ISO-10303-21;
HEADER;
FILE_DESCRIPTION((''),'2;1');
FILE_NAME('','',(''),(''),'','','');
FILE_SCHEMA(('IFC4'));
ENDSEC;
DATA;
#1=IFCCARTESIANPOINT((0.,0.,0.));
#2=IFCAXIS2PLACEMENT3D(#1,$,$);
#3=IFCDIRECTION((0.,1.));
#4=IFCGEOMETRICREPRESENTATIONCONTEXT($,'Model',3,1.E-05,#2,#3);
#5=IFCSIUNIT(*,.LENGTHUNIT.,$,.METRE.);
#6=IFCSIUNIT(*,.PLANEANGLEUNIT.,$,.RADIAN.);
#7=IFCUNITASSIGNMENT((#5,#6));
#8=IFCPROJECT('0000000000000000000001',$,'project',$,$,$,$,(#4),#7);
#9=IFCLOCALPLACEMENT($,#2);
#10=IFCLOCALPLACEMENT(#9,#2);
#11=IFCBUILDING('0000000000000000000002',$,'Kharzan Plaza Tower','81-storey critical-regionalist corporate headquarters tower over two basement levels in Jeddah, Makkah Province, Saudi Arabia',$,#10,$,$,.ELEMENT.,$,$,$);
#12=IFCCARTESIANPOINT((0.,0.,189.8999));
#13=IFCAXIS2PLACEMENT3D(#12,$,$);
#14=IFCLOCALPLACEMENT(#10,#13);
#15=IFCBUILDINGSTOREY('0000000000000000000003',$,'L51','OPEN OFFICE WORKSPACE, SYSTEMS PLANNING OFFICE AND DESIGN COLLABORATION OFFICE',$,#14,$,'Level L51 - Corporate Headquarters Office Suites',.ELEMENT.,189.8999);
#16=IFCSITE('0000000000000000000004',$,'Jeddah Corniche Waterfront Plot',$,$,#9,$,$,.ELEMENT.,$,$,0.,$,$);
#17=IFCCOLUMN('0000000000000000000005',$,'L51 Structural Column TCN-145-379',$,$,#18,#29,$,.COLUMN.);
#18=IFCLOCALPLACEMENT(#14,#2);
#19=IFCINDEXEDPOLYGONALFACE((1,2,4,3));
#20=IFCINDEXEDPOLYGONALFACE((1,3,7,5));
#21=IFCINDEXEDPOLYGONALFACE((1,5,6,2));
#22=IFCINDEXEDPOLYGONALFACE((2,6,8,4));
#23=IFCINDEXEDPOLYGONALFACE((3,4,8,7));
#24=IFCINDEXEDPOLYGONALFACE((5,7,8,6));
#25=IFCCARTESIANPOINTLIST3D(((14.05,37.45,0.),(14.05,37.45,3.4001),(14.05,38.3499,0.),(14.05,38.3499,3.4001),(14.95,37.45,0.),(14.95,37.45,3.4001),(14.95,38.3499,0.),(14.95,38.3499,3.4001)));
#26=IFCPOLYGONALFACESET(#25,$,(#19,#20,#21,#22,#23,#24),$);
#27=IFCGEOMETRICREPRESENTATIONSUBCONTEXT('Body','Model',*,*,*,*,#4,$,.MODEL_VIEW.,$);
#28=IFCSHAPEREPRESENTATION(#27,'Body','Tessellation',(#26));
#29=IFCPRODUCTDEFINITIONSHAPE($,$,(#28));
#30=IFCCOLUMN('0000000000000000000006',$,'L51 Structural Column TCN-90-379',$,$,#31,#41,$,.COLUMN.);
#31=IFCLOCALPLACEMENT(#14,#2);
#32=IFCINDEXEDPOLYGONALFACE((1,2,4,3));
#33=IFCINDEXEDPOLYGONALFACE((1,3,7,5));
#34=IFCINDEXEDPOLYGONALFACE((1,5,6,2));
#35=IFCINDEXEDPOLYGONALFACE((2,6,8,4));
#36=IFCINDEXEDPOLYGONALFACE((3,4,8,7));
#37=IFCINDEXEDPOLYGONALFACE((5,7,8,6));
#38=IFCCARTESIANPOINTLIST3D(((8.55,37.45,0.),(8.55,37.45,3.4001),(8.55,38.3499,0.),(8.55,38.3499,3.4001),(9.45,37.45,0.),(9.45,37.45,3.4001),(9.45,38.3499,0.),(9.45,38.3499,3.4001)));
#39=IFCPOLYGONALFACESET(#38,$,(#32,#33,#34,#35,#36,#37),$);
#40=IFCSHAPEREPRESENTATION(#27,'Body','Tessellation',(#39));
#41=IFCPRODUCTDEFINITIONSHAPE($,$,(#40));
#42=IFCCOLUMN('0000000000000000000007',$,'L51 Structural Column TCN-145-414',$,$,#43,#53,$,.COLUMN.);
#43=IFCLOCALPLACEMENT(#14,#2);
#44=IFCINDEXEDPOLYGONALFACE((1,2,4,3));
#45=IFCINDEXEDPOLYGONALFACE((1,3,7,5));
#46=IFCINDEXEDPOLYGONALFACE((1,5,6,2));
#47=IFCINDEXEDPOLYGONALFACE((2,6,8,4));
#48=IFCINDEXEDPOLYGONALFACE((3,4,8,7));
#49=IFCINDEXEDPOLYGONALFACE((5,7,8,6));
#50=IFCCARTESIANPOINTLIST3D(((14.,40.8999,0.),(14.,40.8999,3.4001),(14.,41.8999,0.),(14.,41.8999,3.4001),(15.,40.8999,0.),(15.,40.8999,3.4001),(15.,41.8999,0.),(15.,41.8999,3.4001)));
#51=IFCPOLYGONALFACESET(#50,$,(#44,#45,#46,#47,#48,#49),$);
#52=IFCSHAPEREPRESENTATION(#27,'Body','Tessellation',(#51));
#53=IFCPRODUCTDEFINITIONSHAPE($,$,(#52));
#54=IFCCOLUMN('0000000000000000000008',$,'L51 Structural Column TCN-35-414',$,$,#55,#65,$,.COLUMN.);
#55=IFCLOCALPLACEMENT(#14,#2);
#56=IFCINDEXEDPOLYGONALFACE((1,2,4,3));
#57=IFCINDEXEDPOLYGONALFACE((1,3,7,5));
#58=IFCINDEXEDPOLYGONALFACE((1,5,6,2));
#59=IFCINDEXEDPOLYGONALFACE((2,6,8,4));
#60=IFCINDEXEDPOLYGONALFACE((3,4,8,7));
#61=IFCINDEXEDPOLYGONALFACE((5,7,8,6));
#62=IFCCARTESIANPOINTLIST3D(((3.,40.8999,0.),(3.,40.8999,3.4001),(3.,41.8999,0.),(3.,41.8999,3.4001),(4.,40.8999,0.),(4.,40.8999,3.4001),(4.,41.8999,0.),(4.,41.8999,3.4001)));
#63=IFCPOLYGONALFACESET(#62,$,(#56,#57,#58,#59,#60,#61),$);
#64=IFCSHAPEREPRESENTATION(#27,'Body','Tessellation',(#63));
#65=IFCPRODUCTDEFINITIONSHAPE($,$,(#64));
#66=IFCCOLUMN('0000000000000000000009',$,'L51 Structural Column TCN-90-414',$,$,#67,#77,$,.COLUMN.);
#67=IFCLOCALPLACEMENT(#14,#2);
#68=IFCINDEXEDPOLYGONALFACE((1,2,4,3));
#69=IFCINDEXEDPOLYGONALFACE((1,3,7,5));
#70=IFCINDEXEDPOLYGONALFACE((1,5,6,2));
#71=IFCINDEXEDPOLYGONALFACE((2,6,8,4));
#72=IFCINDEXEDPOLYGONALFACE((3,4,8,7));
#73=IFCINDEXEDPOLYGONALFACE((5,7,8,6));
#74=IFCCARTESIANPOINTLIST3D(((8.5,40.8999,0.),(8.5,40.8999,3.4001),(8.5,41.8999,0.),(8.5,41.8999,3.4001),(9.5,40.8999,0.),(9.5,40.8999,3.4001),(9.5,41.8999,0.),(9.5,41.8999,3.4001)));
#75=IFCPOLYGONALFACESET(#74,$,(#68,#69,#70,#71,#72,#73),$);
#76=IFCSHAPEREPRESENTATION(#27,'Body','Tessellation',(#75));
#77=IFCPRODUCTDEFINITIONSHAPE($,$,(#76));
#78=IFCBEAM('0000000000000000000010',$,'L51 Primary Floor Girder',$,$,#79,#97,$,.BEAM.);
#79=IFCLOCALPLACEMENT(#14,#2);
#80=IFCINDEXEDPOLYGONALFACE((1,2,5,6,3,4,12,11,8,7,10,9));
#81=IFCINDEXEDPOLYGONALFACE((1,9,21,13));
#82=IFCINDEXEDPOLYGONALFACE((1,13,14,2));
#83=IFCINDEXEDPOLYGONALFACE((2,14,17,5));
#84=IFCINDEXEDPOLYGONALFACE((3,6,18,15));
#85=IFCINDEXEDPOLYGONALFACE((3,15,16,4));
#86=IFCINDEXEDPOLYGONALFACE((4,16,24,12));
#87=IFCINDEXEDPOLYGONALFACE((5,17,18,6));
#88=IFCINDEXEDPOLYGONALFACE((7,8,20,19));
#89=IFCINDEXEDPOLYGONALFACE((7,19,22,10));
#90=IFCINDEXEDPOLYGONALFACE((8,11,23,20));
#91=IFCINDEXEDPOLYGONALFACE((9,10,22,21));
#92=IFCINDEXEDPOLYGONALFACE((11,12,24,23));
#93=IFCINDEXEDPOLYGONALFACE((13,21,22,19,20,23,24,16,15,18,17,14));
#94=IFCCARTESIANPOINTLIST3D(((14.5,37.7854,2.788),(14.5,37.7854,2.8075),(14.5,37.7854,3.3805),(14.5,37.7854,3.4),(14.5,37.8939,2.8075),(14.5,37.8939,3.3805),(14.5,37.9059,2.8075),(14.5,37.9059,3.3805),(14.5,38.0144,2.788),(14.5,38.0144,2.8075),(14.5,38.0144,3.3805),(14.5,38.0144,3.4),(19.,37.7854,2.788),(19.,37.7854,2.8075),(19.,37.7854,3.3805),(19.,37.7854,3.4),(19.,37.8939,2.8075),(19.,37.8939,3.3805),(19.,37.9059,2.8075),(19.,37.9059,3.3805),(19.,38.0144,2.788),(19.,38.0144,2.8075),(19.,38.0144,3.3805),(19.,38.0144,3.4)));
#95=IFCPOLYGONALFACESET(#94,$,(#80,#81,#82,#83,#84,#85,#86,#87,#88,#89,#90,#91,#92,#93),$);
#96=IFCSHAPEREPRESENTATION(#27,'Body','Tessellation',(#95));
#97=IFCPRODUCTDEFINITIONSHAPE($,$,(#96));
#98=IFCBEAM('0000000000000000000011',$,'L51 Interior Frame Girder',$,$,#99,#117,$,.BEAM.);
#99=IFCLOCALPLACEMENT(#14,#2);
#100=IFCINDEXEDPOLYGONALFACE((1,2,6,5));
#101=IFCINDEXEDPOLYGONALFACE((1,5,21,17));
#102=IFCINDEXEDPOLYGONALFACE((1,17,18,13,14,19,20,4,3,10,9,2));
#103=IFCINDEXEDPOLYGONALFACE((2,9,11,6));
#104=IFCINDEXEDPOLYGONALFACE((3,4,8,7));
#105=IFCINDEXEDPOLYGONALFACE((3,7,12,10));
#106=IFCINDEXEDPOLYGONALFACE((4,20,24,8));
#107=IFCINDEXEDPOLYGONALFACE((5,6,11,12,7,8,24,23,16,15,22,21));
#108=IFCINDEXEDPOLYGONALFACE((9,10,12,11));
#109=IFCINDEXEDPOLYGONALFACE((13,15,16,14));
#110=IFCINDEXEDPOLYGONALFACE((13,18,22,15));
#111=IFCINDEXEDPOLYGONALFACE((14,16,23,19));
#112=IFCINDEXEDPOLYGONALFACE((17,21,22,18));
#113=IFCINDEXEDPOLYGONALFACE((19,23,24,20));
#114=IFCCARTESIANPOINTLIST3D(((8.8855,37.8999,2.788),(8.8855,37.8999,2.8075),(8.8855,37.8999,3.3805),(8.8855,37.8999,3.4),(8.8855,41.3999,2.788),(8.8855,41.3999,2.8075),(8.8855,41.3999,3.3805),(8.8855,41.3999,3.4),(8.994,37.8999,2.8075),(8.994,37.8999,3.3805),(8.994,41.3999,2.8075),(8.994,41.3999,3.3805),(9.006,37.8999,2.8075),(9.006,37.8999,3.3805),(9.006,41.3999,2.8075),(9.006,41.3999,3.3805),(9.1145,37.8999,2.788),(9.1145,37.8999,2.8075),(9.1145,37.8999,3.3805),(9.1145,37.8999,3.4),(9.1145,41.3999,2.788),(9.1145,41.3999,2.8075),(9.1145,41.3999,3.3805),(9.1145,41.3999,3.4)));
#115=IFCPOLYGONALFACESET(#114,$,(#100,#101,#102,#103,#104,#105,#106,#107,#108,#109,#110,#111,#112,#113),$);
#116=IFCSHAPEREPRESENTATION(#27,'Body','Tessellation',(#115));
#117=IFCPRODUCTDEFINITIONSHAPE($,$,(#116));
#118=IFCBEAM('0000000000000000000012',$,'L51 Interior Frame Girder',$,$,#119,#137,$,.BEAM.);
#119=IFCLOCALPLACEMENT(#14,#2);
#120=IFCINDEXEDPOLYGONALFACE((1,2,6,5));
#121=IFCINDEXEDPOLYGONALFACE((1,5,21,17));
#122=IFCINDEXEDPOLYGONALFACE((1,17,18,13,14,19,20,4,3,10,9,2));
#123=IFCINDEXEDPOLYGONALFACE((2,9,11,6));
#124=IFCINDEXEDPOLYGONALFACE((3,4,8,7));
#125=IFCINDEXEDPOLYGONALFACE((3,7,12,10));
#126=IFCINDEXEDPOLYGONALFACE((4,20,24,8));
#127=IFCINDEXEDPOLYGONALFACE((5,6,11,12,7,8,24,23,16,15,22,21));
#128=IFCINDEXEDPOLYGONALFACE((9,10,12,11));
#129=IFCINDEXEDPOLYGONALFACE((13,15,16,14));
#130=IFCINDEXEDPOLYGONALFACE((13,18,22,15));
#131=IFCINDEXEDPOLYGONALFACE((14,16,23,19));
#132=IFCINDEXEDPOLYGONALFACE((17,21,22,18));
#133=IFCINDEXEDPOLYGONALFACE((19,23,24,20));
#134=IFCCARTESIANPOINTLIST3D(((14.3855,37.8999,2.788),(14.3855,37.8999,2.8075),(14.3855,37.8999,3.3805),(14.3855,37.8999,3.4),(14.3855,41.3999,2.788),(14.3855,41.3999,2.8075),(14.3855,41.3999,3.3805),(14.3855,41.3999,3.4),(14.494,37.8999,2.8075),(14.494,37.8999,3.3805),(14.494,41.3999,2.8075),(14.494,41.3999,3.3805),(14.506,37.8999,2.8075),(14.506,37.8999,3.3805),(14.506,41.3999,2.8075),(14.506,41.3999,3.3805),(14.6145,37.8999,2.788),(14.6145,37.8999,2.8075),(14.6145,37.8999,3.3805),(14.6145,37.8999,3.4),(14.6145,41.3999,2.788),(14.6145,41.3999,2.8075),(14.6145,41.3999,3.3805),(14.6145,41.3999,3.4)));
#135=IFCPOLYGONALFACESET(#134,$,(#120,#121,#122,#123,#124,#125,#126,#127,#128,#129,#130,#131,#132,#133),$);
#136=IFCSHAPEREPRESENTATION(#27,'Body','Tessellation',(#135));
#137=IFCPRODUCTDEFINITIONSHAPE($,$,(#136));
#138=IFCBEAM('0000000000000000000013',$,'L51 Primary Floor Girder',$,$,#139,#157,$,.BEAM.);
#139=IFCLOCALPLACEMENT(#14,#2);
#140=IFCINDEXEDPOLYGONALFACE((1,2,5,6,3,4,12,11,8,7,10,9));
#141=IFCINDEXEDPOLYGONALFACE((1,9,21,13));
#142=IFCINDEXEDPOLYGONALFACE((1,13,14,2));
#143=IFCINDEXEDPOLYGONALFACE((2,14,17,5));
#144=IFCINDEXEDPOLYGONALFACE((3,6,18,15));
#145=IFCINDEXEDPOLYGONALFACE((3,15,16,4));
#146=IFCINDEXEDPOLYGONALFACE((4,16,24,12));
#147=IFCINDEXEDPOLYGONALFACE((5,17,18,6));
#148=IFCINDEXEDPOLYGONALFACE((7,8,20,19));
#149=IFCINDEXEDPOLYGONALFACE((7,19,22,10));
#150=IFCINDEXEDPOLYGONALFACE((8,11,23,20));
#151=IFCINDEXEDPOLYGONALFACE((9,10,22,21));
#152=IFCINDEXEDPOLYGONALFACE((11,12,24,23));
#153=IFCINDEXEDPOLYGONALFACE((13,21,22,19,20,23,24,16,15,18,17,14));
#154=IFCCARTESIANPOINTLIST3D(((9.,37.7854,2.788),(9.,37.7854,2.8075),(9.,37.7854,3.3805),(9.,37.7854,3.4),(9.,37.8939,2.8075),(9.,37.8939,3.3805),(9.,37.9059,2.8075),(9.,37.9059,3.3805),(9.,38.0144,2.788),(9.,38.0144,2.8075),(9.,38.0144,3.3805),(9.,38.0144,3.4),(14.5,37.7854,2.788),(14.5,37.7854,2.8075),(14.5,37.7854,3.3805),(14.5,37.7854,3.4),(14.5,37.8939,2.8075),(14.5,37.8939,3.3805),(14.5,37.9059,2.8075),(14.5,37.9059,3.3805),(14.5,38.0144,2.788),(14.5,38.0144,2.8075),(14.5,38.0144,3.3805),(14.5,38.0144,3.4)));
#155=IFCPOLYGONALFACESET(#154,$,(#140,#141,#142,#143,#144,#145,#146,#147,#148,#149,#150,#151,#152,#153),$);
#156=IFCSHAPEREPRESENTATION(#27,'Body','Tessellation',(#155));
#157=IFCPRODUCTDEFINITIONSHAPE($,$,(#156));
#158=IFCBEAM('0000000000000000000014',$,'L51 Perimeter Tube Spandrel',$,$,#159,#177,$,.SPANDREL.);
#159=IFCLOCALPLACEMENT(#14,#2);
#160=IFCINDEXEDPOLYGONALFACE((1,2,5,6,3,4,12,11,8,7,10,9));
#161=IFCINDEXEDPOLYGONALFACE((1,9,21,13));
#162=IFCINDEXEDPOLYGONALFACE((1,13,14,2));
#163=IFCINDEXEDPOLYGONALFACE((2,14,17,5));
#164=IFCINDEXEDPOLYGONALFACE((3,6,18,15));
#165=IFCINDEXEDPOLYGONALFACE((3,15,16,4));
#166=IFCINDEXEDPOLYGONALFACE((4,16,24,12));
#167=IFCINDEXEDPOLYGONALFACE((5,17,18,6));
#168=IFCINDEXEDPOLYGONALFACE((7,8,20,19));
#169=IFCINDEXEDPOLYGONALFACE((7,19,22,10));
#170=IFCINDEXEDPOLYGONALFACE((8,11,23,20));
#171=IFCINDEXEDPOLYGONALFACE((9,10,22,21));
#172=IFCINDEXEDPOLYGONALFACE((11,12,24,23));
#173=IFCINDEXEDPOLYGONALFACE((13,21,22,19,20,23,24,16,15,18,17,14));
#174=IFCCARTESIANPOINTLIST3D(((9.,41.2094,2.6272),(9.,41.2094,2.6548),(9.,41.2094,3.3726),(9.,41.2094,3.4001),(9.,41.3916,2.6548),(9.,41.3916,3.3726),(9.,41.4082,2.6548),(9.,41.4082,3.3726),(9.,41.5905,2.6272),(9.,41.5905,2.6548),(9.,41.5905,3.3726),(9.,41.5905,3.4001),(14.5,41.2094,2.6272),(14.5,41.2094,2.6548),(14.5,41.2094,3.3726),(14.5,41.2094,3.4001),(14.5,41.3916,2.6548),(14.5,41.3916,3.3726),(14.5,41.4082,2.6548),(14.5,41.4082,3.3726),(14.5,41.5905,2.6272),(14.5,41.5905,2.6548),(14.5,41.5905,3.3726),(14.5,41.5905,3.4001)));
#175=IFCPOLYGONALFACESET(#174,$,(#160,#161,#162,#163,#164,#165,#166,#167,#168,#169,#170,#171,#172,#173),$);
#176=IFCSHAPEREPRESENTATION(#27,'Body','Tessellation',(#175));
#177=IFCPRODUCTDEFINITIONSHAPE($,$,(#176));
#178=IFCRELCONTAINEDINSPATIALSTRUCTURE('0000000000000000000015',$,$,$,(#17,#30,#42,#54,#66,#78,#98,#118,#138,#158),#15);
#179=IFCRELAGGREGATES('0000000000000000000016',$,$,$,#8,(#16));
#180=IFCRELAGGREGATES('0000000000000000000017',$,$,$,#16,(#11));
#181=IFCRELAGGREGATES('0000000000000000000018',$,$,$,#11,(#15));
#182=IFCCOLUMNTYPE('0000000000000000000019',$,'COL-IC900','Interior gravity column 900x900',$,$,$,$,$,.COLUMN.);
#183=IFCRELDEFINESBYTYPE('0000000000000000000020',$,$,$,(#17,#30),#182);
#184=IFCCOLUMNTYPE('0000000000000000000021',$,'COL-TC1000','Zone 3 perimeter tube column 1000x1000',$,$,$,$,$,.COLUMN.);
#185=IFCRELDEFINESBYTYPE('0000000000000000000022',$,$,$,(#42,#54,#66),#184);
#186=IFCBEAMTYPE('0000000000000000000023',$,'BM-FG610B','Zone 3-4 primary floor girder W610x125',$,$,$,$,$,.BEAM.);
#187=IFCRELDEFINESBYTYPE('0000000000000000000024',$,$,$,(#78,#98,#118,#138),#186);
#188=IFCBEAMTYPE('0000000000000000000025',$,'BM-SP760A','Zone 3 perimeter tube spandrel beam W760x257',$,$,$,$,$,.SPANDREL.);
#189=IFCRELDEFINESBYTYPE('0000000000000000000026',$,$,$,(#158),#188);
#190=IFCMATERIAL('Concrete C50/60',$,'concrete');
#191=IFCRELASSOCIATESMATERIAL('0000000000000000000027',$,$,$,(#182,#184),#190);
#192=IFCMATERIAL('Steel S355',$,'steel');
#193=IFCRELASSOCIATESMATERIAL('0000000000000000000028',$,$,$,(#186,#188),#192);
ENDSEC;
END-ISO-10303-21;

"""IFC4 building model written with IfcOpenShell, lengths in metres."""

from ifc_helpers import new_model, si_unit, direction, frame, origin, origin_2d, place, context, subcontext, project, spatial, rectangle, i_section, extrude, source, transform, mapped, material, material_profile, profile_set, type_object, element, save


model = new_model("IFC4")

# Units and contexts
model_context = context("Model", 3, precision=1e-05, world=origin(), true_north=direction((0.0, 1.0)))
body_context = subcontext(model_context, "Body", "Model", "MODEL_VIEW")
ifc_project = project(units=[si_unit("LENGTHUNIT", "METRE"), si_unit("PLANEANGLEUNIT", "RADIAN")], contexts=[model_context])

# Site, building, storey
site_placement = place(None, origin())
site = spatial("IfcSite", under=ifc_project, at=site_placement, Name="Jeddah Corniche Waterfront Plot", CompositionType="ELEMENT", RefElevation=0.0)
building_placement = place(site_placement, origin())
building = spatial("IfcBuilding", under=site, at=building_placement, Name="Kharzan Plaza Tower", Description="81-storey critical-regionalist corporate headquarters tower over two basement levels in Jeddah, Makkah Province, Saudi Arabia", CompositionType="ELEMENT")
storey_placement = place(building_placement, frame((0.0, 0.0, 189.8999)))
storey = spatial("IfcBuildingStorey", under=building, at=storey_placement, Name="L51", Description="OPEN OFFICE WORKSPACE, SYSTEMS PLANNING OFFICE AND DESIGN COLLABORATION OFFICE", LongName="Level L51 - Corporate Headquarters Office Suites", CompositionType="ELEMENT", Elevation=189.8999)

# Columns
ifc_material_1 = material(Name="Concrete C50/60", Category="concrete")
ifc_material_profile_1 = material_profile(ifc_material_1, rectangle(XDim=0.8999, YDim=0.8999, at=origin_2d()), Name="RC-IC900x900")
ifc_profile_set_1 = profile_set([ifc_material_profile_1], Name="Concrete C50/60")
column_type_1 = type_object("IfcColumnType", Name="COL-IC900", Description="Interior gravity column 900x900", PredefinedType="COLUMN", material=ifc_profile_set_1)
shared_shape_1 = source(origin(), body_context, "Body", "SweptSolid", [
    extrude(rectangle(XDim=0.8999, YDim=0.8999, at=origin_2d()), origin(), (0.0, 0.0, 1.0), 3.4001),
])
for number, where, z_axis, x_axis, name in (
    (1, (14.5, 37.8999, 0.0), (0.0, 0.0, 1.0), (1.0, 0.0, 0.0), "L51 Structural Column TCN-145-379"),
    (2, (9.0, 37.8999, 0.0), (0.0, 0.0, 1.0), (1.0, 0.0, 0.0), "L51 Structural Column TCN-90-379"),
):
    element("IfcColumn", number, at=place(storey_placement, frame(where, z_axis=z_axis, x_axis=x_axis)), inside=storey, type_object=column_type_1, Name=name, PredefinedType="COLUMN", context=body_context, shape_type="MappedRepresentation", body=[
        mapped(shared_shape_1, transform((0.0, 0.0, 0.0), x_axis=(1.0, 0.0, 0.0), y_axis=(0.0, 1.0, 0.0), z_axis=(0.0, 0.0, 1.0))),
    ])
ifc_material_profile_2 = material_profile(ifc_material_1, rectangle(XDim=1.0, YDim=1.0, at=origin_2d()), Name="RC-TC1000x1000")
ifc_profile_set_2 = profile_set([ifc_material_profile_2], Name="Concrete C50/60")
column_type_2 = type_object("IfcColumnType", Name="COL-TC1000", Description="Zone 3 perimeter tube column 1000x1000", PredefinedType="COLUMN", material=ifc_profile_set_2)
shared_shape_2 = source(origin(), body_context, "Body", "SweptSolid", [
    extrude(rectangle(XDim=1.0, YDim=1.0, at=origin_2d()), origin(), (0.0, 0.0, 1.0), 3.4001),
])
for number, where, z_axis, x_axis, name in (
    (3, (14.5, 41.3999, 0.0), (0.0, 0.0, 1.0), (1.0, 0.0, 0.0), "L51 Structural Column TCN-145-414"),
    (4, (3.5, 41.3999, 0.0), (0.0, 0.0, 1.0), (1.0, 0.0, 0.0), "L51 Structural Column TCN-35-414"),
    (5, (9.0, 41.3999, 0.0), (0.0, 0.0, 1.0), (1.0, 0.0, 0.0), "L51 Structural Column TCN-90-414"),
):
    element("IfcColumn", number, at=place(storey_placement, frame(where, z_axis=z_axis, x_axis=x_axis)), inside=storey, type_object=column_type_2, Name=name, PredefinedType="COLUMN", context=body_context, shape_type="MappedRepresentation", body=[
        mapped(shared_shape_2, transform((0.0, 0.0, 0.0), x_axis=(1.0, 0.0, 0.0), y_axis=(0.0, 1.0, 0.0), z_axis=(0.0, 0.0, 1.0))),
    ])

# Beams
ifc_material_2 = material(Name="Steel S355", Category="steel")
ifc_material_profile_3 = material_profile(ifc_material_2, i_section(OverallWidth=0.229, OverallDepth=0.6121, WebThickness=0.012, FlangeThickness=0.0195, at=origin_2d()), Name="W610x125")
ifc_profile_set_3 = profile_set([ifc_material_profile_3], Name="Steel S355")
beam_type_1 = type_object("IfcBeamType", Name="BM-FG610B", Description="Zone 3-4 primary floor girder W610x125", PredefinedType="BEAM", material=ifc_profile_set_3)
shared_shape_3 = source(origin(), body_context, "Body", "SweptSolid", [
    extrude(i_section(OverallWidth=0.229, OverallDepth=0.6121, WebThickness=0.012, FlangeThickness=0.0195, at=origin_2d()), origin(), (0.0, 0.0, 1.0), 4.5),
])
beam_1_placement = place(storey_placement, frame((14.5, 37.8999, 3.094), z_axis=(1.0, 0.0, 0.0), x_axis=(0.0, 1.0, 0.0)))
element("IfcBeam", 6, at=beam_1_placement, inside=storey, type_object=beam_type_1, Name="L51 Primary Floor Girder", PredefinedType="BEAM", context=body_context, shape_type="MappedRepresentation", body=[
    mapped(shared_shape_3, transform((0.0, 0.0, 0.0), x_axis=(1.0, 0.0, 0.0), y_axis=(0.0, 1.0, 0.0), z_axis=(0.0, 0.0, 1.0))),
])
shared_shape_4 = source(origin(), body_context, "Body", "SweptSolid", [
    extrude(i_section(OverallWidth=0.229, OverallDepth=0.6121, WebThickness=0.012, FlangeThickness=0.0195, at=origin_2d()), origin(), (0.0, 0.0, 1.0), 3.5),
])
for number, where, z_axis, x_axis, name in (
    (7, (9.0, 37.8999, 3.094), (0.0, 1.0, 0.0), (-1.0, 0.0, 0.0), "L51 Interior Frame Girder"),
    (8, (14.5, 37.8999, 3.094), (0.0, 1.0, 0.0), (-1.0, 0.0, 0.0), "L51 Interior Frame Girder"),
):
    element("IfcBeam", number, at=place(storey_placement, frame(where, z_axis=z_axis, x_axis=x_axis)), inside=storey, type_object=beam_type_1, Name=name, PredefinedType="BEAM", context=body_context, shape_type="MappedRepresentation", body=[
        mapped(shared_shape_4, transform((0.0, 0.0, 0.0), x_axis=(1.0, 0.0, 0.0), y_axis=(0.0, 1.0, 0.0), z_axis=(0.0, 0.0, 1.0))),
    ])
shared_shape_5 = source(origin(), body_context, "Body", "SweptSolid", [
    extrude(i_section(OverallWidth=0.229, OverallDepth=0.6121, WebThickness=0.012, FlangeThickness=0.0195, at=origin_2d()), origin(), (0.0, 0.0, 1.0), 5.5),
])
beam_2_placement = place(storey_placement, frame((9.0, 37.8999, 3.094), z_axis=(1.0, 0.0, 0.0), x_axis=(0.0, 1.0, 0.0)))
element("IfcBeam", 9, at=beam_2_placement, inside=storey, type_object=beam_type_1, Name="L51 Primary Floor Girder", PredefinedType="BEAM", context=body_context, shape_type="MappedRepresentation", body=[
    mapped(shared_shape_5, transform((0.0, 0.0, 0.0), x_axis=(1.0, 0.0, 0.0), y_axis=(0.0, 1.0, 0.0), z_axis=(0.0, 0.0, 1.0))),
])
ifc_material_profile_4 = material_profile(ifc_material_2, i_section(OverallWidth=0.3811, OverallDepth=0.7729, WebThickness=0.0166, FlangeThickness=0.0276, at=origin_2d()), Name="W760x257")
ifc_profile_set_4 = profile_set([ifc_material_profile_4], Name="Steel S355")
beam_type_2 = type_object("IfcBeamType", Name="BM-SP760A", Description="Zone 3 perimeter tube spandrel beam W760x257", PredefinedType="SPANDREL", material=ifc_profile_set_4)
shared_shape_6 = source(origin(), body_context, "Body", "SweptSolid", [
    extrude(i_section(OverallWidth=0.3811, OverallDepth=0.7729, WebThickness=0.0166, FlangeThickness=0.0276, at=origin_2d()), origin(), (0.0, 0.0, 1.0), 5.5),
])
beam_3_placement = place(storey_placement, frame((9.0, 41.3999, 3.0137), z_axis=(1.0, 0.0, 0.0), x_axis=(0.0, 1.0, 0.0)))
element("IfcBeam", 10, at=beam_3_placement, inside=storey, type_object=beam_type_2, Name="L51 Perimeter Tube Spandrel", PredefinedType="SPANDREL", context=body_context, shape_type="MappedRepresentation", body=[
    mapped(shared_shape_6, transform((0.0, 0.0, 0.0), x_axis=(1.0, 0.0, 0.0), y_axis=(0.0, 1.0, 0.0), z_axis=(0.0, 0.0, 1.0))),
])

save(model, "model.ifc")
